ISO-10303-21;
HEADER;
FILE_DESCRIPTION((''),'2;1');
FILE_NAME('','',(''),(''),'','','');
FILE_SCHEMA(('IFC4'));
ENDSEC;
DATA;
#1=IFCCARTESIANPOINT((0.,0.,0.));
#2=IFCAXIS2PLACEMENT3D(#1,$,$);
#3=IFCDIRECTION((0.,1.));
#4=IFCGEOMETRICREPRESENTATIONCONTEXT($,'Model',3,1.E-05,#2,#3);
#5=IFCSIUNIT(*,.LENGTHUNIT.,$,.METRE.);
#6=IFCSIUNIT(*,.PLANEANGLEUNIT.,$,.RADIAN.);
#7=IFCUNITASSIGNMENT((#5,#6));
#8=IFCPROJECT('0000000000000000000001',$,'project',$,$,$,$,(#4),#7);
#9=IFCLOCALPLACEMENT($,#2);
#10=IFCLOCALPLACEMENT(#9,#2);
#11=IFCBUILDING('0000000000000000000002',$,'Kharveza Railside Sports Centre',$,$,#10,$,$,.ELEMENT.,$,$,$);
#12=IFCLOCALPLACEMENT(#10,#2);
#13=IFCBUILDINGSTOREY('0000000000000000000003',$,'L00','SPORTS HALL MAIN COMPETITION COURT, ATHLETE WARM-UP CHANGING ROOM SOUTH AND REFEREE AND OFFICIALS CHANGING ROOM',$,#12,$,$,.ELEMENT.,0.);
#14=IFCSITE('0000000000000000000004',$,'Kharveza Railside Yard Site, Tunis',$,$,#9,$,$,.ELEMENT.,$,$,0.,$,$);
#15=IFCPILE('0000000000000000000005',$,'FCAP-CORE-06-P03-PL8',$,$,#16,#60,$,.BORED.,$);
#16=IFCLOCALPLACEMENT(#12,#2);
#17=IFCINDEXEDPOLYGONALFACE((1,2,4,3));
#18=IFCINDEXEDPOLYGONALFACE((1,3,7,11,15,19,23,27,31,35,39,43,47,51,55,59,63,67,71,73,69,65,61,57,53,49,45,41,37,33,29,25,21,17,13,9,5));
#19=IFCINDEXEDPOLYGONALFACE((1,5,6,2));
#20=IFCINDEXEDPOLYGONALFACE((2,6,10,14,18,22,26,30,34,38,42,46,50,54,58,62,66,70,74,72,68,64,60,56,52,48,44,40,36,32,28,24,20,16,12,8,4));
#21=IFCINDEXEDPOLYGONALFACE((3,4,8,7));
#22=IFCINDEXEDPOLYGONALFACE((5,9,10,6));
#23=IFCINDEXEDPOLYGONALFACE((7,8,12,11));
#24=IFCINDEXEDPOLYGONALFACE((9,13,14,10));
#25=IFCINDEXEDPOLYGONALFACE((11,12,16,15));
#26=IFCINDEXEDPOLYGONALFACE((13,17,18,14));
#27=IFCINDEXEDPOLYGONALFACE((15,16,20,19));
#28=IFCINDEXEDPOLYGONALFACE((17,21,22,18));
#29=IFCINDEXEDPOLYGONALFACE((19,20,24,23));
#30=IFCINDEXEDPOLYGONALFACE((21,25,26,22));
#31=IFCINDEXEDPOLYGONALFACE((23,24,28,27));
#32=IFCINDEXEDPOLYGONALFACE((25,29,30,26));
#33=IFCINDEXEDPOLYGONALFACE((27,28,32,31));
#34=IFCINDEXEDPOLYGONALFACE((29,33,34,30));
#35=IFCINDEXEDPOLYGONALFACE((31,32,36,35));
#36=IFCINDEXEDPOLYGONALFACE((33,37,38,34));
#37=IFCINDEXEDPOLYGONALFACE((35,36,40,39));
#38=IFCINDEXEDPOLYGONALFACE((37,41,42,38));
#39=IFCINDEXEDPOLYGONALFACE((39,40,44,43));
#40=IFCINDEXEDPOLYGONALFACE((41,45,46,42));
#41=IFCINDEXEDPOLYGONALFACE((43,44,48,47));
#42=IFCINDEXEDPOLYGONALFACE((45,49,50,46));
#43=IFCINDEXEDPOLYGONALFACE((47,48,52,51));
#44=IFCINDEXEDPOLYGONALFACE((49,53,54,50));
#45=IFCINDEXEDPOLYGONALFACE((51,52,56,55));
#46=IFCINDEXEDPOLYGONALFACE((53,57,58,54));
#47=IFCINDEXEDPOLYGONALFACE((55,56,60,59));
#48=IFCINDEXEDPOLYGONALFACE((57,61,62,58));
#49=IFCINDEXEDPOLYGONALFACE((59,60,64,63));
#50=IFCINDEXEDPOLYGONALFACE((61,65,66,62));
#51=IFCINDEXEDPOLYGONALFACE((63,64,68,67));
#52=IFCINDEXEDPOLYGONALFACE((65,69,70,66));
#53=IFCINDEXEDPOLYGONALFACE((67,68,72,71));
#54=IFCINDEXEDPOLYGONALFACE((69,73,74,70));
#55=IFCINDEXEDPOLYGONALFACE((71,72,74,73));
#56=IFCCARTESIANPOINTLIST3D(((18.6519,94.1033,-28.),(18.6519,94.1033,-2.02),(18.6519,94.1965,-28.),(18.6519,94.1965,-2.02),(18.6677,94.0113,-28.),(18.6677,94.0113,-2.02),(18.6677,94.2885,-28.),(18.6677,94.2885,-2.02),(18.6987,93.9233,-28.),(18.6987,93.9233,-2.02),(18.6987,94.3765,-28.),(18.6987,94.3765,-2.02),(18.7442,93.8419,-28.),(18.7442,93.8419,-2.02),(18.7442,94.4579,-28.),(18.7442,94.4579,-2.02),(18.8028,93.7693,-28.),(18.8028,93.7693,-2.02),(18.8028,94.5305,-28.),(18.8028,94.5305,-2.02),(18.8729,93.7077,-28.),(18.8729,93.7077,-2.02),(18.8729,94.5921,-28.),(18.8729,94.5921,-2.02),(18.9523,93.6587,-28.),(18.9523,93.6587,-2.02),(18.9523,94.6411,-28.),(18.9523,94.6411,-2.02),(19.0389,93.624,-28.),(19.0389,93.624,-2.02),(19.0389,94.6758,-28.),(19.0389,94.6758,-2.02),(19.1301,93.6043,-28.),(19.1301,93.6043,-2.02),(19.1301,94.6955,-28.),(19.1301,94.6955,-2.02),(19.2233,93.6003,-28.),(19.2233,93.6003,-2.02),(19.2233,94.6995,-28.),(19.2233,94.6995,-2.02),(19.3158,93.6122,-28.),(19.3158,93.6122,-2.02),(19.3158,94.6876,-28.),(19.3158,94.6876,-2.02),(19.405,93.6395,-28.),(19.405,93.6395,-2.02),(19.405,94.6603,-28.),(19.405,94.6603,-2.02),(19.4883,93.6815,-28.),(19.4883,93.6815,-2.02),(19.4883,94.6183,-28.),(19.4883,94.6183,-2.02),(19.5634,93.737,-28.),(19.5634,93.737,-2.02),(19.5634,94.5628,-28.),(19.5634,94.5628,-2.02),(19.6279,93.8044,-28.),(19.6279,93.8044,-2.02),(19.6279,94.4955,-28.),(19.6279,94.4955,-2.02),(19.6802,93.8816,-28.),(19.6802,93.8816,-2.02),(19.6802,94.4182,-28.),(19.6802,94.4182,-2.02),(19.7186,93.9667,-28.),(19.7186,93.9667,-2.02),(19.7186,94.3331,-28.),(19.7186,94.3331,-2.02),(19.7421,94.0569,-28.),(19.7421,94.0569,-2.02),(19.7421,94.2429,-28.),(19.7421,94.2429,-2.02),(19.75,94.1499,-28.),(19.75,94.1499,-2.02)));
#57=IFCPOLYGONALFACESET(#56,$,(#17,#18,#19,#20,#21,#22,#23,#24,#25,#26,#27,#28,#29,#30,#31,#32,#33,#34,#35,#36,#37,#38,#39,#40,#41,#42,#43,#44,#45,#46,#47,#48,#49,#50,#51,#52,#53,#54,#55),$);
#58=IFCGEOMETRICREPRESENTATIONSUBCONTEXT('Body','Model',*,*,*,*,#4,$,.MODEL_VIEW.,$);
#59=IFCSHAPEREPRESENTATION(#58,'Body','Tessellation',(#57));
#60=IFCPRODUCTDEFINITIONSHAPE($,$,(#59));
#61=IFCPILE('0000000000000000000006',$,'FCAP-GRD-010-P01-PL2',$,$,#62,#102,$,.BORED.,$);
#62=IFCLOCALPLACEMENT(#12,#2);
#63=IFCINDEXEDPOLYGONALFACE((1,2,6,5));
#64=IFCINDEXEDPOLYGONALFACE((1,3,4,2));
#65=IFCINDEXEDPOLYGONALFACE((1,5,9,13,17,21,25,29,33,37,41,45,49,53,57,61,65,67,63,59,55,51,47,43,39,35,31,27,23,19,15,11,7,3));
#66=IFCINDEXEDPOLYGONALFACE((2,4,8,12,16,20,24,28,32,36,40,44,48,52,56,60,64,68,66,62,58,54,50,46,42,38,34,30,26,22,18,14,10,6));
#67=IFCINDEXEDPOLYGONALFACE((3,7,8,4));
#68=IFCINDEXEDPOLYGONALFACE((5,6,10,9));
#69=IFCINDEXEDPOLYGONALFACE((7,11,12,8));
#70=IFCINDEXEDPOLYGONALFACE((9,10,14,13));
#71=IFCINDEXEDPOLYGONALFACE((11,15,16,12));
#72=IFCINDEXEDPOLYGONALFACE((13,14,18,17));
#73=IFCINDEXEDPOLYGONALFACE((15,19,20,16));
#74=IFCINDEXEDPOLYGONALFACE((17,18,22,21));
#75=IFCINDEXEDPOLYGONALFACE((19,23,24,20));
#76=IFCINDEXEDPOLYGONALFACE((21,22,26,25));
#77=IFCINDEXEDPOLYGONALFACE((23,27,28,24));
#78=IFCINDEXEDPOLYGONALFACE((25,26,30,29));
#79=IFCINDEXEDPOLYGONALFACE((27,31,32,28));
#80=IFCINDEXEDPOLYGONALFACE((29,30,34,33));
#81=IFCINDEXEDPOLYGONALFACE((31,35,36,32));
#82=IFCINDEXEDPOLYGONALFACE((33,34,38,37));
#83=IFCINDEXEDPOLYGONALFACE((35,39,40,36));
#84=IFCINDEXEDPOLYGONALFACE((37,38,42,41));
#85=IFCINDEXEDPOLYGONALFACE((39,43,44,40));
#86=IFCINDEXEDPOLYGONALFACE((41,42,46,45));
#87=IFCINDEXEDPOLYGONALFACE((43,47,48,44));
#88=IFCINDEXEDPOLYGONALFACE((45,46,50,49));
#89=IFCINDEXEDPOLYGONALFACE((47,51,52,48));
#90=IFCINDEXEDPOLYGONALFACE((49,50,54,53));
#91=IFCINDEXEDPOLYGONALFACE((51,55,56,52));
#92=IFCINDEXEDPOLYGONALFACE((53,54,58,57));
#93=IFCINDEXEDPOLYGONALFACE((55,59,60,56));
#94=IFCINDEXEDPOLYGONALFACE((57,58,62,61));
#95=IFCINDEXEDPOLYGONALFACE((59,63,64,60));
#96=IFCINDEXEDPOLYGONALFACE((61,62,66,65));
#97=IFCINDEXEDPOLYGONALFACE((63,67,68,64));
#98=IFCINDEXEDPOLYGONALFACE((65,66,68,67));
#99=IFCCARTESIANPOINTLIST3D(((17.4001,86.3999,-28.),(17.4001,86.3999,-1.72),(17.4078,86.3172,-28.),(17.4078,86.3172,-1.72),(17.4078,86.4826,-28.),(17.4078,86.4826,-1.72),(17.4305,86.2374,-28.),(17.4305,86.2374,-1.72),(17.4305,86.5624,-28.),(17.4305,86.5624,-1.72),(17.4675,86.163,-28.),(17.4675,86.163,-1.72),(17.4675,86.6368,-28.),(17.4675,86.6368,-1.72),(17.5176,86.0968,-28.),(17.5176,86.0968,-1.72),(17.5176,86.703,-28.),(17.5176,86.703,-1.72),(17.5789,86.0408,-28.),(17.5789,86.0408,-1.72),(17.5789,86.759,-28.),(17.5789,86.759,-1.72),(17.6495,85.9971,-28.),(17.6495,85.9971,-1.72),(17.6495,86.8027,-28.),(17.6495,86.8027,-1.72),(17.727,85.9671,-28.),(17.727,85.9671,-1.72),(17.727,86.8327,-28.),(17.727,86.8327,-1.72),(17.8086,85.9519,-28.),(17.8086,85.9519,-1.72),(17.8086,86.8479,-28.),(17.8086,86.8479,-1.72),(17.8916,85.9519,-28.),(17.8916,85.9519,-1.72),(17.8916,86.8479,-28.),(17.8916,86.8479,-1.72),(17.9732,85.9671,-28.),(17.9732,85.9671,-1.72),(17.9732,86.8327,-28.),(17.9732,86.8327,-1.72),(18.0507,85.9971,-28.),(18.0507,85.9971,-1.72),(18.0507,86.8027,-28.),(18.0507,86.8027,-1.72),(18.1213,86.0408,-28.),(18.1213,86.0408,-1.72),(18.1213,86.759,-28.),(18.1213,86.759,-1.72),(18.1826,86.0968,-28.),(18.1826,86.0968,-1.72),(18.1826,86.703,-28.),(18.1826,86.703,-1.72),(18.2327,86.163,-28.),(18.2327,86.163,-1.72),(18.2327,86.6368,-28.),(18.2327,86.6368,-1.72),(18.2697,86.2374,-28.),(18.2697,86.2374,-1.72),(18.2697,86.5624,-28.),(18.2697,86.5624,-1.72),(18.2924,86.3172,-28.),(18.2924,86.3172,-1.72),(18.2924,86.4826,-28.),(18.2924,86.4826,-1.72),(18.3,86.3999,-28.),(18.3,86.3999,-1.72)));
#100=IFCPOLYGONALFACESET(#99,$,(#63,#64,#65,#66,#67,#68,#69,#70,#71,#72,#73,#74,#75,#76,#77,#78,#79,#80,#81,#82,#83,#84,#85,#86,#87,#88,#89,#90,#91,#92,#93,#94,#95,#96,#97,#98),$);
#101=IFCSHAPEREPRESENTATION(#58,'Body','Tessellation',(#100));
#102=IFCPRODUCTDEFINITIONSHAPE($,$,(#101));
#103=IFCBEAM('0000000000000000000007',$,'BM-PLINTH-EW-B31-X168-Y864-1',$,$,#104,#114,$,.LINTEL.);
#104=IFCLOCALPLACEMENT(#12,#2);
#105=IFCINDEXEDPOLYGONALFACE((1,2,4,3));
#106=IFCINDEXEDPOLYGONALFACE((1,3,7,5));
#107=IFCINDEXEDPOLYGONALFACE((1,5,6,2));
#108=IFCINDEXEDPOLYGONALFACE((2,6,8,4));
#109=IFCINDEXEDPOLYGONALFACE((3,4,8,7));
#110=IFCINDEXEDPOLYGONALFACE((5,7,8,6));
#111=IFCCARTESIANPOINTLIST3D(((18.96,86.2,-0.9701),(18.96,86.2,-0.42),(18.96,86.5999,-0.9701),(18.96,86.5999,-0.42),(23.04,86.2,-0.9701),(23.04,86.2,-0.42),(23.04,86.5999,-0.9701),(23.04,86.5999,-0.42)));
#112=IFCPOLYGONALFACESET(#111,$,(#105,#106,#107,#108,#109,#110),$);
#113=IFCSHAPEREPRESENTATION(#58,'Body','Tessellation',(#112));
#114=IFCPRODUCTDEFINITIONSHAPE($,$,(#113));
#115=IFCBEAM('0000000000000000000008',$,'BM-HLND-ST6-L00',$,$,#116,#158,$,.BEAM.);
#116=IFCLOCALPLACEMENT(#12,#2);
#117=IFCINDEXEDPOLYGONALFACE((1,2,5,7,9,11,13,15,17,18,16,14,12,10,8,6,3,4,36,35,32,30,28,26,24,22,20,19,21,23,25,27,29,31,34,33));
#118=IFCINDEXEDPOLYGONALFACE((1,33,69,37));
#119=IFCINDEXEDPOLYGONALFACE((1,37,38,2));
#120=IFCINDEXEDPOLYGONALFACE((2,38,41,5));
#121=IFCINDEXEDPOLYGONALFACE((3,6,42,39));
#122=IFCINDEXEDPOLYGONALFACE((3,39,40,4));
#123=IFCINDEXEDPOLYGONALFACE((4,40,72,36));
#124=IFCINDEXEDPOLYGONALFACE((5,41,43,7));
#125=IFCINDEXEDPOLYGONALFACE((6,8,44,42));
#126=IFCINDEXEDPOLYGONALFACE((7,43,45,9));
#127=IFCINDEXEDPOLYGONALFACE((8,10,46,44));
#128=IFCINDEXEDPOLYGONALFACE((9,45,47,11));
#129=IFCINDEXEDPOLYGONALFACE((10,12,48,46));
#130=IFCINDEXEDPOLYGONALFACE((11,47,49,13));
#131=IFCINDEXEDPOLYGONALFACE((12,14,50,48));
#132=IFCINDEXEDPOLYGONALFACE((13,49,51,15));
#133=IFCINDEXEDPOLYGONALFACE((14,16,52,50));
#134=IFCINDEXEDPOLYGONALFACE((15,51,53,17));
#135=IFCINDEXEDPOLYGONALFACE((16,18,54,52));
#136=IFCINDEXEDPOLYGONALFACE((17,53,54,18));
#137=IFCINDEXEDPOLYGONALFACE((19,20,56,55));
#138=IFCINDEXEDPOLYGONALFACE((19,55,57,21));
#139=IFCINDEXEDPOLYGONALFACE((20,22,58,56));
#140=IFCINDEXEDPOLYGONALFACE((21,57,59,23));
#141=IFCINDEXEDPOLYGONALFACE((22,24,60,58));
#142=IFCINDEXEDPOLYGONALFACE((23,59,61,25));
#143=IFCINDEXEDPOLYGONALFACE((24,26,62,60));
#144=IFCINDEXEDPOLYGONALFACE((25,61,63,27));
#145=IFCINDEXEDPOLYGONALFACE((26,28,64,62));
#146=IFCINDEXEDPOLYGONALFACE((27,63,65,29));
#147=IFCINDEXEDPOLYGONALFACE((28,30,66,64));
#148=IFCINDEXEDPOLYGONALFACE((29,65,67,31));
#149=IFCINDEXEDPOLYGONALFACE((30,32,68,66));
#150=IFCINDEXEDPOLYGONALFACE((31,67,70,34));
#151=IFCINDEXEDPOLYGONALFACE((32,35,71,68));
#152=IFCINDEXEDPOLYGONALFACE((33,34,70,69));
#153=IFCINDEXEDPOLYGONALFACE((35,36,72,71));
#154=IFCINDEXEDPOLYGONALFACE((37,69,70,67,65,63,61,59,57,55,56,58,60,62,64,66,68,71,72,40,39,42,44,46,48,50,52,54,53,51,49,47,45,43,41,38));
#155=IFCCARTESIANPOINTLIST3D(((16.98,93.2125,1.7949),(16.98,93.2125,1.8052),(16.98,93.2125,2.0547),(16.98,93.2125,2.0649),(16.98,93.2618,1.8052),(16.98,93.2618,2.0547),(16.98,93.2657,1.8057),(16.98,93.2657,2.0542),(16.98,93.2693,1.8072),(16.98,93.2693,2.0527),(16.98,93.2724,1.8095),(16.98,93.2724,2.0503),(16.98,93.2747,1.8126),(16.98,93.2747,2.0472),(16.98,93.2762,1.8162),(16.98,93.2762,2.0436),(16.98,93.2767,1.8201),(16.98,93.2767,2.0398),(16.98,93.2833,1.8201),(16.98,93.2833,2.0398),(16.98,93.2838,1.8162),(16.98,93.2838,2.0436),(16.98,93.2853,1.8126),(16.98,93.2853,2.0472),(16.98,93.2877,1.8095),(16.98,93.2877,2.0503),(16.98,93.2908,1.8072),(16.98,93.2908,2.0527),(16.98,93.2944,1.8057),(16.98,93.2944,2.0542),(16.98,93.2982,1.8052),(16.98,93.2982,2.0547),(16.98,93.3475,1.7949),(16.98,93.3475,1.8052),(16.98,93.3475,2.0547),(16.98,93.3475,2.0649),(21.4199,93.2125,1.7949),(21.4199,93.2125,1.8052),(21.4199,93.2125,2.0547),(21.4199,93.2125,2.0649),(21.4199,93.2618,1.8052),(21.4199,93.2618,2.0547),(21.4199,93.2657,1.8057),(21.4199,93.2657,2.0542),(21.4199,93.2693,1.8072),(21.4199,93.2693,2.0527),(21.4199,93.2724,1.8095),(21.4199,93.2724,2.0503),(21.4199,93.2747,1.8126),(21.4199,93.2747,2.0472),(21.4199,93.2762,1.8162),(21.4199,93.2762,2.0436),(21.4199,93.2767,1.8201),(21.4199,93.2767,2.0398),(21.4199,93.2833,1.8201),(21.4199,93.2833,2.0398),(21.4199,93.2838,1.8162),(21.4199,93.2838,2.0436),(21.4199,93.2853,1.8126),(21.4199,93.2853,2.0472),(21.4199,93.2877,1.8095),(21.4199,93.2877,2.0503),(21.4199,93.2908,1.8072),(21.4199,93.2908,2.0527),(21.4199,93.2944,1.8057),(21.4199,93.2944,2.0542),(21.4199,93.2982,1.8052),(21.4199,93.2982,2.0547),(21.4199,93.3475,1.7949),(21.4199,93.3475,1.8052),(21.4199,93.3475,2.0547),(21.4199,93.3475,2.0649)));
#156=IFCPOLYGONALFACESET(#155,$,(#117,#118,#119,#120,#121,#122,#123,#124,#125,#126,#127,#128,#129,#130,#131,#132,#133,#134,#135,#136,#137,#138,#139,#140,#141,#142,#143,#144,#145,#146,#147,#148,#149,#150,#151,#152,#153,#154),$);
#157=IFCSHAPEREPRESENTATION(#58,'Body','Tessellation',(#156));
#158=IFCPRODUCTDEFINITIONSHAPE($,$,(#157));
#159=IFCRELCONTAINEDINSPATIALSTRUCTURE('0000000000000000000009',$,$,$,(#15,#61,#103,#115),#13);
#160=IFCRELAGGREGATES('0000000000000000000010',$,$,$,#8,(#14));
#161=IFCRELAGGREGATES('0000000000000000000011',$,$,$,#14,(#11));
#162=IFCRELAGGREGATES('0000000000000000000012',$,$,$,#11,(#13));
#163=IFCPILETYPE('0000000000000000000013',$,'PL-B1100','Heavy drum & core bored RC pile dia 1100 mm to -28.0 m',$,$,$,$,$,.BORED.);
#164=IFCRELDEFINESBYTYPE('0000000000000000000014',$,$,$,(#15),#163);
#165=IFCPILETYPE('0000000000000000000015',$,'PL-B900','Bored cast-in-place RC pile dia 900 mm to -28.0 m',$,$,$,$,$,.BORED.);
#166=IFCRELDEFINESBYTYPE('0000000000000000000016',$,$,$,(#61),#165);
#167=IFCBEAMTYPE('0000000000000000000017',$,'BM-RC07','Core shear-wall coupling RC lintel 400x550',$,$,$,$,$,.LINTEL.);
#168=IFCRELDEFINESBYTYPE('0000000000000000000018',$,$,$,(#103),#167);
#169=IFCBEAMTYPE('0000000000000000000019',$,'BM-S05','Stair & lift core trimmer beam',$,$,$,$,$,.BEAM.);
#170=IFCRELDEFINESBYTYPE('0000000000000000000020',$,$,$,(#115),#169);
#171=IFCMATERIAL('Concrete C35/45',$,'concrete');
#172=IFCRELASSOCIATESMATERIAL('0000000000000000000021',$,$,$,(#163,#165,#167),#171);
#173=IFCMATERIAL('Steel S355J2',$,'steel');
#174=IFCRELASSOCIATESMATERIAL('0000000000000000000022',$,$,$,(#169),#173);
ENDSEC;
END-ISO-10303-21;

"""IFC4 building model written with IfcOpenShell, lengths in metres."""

from ifc_helpers import new_model, si_unit, direction, frame, origin, origin_2d, place, context, subcontext, project, spatial, rectangle, circle, i_section, extrude, material, material_profile, profile_set, type_object, element, save


model = new_model("IFC4")

# Units and contexts
model_context = context("Model", 3, precision=1e-05, world=origin(), true_north=direction((0.0, 1.0)))
body_context = subcontext(model_context, "Body", "Model", "MODEL_VIEW")
ifc_project = project(units=[si_unit("LENGTHUNIT", "METRE"), si_unit("PLANEANGLEUNIT", "RADIAN")], contexts=[model_context])

# Site, building, storey
site_placement = place(None, origin())
site = spatial("IfcSite", under=ifc_project, at=site_placement, Name="Kharveza Railside Yard Site, Tunis", CompositionType="ELEMENT", RefElevation=0.0)
building_placement = place(site_placement, origin())
building = spatial("IfcBuilding", under=site, at=building_placement, Name="Kharveza Railside Sports Centre", CompositionType="ELEMENT")
storey_placement = place(building_placement, origin())
storey = spatial("IfcBuildingStorey", under=building, at=storey_placement, Name="L00", Description="SPORTS HALL MAIN COMPETITION COURT, ATHLETE WARM-UP CHANGING ROOM SOUTH AND REFEREE AND OFFICIALS CHANGING ROOM", CompositionType="ELEMENT", Elevation=0.0)

# Shared definitions
ifc_material_1 = material(Name="Concrete C35/45", Category="concrete")

# Piles
ifc_material_profile_1 = material_profile(ifc_material_1, circle(Radius=0.55, at=origin_2d()), Name="PILE D1100")
ifc_profile_set_1 = profile_set([ifc_material_profile_1], Name="Concrete C35/45")
pile_type_1 = type_object("IfcPileType", Name="PL-B1100", Description="Heavy drum & core bored RC pile dia 1100 mm to -28.0 m", PredefinedType="BORED", material=ifc_profile_set_1)
for number, where, z_axis, x_axis, name in (
    (1, (19.2, 94.1499, -2.02), (0.0, 0.0, -1.0), (1.0, 0.0, 0.0), "FCAP-CORE-06-P03-PL8"),
):
    element("IfcPile", number, at=place(storey_placement, frame(where, z_axis=z_axis, x_axis=x_axis)), inside=storey, type_object=pile_type_1, Name=name, PredefinedType="BORED", context=body_context, shape_type="SweptSolid", body=[
        extrude(circle(Radius=0.55, at=origin_2d()), origin(), (0.0, 0.0, 1.0), 25.98),
    ])
ifc_material_profile_2 = material_profile(ifc_material_1, circle(Radius=0.45, at=origin_2d()), Name="PILE D900")
ifc_profile_set_2 = profile_set([ifc_material_profile_2], Name="Concrete C35/45")
pile_type_2 = type_object("IfcPileType", Name="PL-B900", Description="Bored cast-in-place RC pile dia 900 mm to -28.0 m", PredefinedType="BORED", material=ifc_profile_set_2)
pile_placement = place(storey_placement, frame((17.8501, 86.3999, -1.72), z_axis=(0.0, 0.0, -1.0), x_axis=(1.0, 0.0, 0.0)))
element("IfcPile", 2, at=pile_placement, inside=storey, type_object=pile_type_2, Name="FCAP-GRD-010-P01-PL2", PredefinedType="BORED", context=body_context, shape_type="SweptSolid", body=[
    extrude(circle(Radius=0.45, at=origin_2d()), origin(), (0.0, 0.0, 1.0), 26.28),
])

# Beams
ifc_material_profile_3 = material_profile(ifc_material_1, rectangle(XDim=0.3999, YDim=0.55, at=origin_2d()), Name="RCB 400x550")
ifc_profile_set_3 = profile_set([ifc_material_profile_3], Name="Concrete C35/45")
beam_type_1 = type_object("IfcBeamType", Name="BM-RC07", Description="Core shear-wall coupling RC lintel 400x550", PredefinedType="LINTEL", material=ifc_profile_set_3)
beam_placement = place(storey_placement, frame((18.96, 86.3999, -0.6951), z_axis=(1.0, 0.0, 0.0), x_axis=(0.0, 1.0, 0.0)))
element("IfcBeam", 3, at=beam_placement, inside=storey, type_object=beam_type_1, Name="BM-PLINTH-EW-B31-X168-Y864-1", PredefinedType="LINTEL", context=body_context, shape_type="SweptSolid", body=[
    extrude(rectangle(XDim=0.3999, YDim=0.55, at=origin_2d()), origin(), (0.0, 0.0, 1.0), 4.0801),
])
ifc_material_2 = material(Name="Steel S355J2", Category="steel")
ifc_material_profile_4 = material_profile(ifc_material_2, i_section(OverallWidth=0.135, OverallDepth=0.27, WebThickness=0.0066, FlangeThickness=0.0103, FilletRadius=0.0149, at=origin_2d()), Name="IPE 270")
ifc_profile_set_4 = profile_set([ifc_material_profile_4], Name="Steel S355J2")
beam_type_2 = type_object("IfcBeamType", Name="BM-S05", Description="Stair & lift core trimmer beam", PredefinedType="BEAM", material=ifc_profile_set_4)
for number, where, z_axis, x_axis, name in (
    (4, (16.98, 93.28, 1.9299), (1.0, 0.0, 0.0), (0.0, 1.0, 0.0), "BM-HLND-ST6-L00"),
):
    element("IfcBeam", number, at=place(storey_placement, frame(where, z_axis=z_axis, x_axis=x_axis)), inside=storey, type_object=beam_type_2, Name=name, PredefinedType="BEAM", context=body_context, shape_type="SweptSolid", body=[
        extrude(i_section(OverallWidth=0.135, OverallDepth=0.27, WebThickness=0.0066, FlangeThickness=0.0103, FilletRadius=0.0149, at=origin_2d()), origin(), (0.0, 0.0, 1.0), 4.4399),
    ])

save(model, "model.ifc")
